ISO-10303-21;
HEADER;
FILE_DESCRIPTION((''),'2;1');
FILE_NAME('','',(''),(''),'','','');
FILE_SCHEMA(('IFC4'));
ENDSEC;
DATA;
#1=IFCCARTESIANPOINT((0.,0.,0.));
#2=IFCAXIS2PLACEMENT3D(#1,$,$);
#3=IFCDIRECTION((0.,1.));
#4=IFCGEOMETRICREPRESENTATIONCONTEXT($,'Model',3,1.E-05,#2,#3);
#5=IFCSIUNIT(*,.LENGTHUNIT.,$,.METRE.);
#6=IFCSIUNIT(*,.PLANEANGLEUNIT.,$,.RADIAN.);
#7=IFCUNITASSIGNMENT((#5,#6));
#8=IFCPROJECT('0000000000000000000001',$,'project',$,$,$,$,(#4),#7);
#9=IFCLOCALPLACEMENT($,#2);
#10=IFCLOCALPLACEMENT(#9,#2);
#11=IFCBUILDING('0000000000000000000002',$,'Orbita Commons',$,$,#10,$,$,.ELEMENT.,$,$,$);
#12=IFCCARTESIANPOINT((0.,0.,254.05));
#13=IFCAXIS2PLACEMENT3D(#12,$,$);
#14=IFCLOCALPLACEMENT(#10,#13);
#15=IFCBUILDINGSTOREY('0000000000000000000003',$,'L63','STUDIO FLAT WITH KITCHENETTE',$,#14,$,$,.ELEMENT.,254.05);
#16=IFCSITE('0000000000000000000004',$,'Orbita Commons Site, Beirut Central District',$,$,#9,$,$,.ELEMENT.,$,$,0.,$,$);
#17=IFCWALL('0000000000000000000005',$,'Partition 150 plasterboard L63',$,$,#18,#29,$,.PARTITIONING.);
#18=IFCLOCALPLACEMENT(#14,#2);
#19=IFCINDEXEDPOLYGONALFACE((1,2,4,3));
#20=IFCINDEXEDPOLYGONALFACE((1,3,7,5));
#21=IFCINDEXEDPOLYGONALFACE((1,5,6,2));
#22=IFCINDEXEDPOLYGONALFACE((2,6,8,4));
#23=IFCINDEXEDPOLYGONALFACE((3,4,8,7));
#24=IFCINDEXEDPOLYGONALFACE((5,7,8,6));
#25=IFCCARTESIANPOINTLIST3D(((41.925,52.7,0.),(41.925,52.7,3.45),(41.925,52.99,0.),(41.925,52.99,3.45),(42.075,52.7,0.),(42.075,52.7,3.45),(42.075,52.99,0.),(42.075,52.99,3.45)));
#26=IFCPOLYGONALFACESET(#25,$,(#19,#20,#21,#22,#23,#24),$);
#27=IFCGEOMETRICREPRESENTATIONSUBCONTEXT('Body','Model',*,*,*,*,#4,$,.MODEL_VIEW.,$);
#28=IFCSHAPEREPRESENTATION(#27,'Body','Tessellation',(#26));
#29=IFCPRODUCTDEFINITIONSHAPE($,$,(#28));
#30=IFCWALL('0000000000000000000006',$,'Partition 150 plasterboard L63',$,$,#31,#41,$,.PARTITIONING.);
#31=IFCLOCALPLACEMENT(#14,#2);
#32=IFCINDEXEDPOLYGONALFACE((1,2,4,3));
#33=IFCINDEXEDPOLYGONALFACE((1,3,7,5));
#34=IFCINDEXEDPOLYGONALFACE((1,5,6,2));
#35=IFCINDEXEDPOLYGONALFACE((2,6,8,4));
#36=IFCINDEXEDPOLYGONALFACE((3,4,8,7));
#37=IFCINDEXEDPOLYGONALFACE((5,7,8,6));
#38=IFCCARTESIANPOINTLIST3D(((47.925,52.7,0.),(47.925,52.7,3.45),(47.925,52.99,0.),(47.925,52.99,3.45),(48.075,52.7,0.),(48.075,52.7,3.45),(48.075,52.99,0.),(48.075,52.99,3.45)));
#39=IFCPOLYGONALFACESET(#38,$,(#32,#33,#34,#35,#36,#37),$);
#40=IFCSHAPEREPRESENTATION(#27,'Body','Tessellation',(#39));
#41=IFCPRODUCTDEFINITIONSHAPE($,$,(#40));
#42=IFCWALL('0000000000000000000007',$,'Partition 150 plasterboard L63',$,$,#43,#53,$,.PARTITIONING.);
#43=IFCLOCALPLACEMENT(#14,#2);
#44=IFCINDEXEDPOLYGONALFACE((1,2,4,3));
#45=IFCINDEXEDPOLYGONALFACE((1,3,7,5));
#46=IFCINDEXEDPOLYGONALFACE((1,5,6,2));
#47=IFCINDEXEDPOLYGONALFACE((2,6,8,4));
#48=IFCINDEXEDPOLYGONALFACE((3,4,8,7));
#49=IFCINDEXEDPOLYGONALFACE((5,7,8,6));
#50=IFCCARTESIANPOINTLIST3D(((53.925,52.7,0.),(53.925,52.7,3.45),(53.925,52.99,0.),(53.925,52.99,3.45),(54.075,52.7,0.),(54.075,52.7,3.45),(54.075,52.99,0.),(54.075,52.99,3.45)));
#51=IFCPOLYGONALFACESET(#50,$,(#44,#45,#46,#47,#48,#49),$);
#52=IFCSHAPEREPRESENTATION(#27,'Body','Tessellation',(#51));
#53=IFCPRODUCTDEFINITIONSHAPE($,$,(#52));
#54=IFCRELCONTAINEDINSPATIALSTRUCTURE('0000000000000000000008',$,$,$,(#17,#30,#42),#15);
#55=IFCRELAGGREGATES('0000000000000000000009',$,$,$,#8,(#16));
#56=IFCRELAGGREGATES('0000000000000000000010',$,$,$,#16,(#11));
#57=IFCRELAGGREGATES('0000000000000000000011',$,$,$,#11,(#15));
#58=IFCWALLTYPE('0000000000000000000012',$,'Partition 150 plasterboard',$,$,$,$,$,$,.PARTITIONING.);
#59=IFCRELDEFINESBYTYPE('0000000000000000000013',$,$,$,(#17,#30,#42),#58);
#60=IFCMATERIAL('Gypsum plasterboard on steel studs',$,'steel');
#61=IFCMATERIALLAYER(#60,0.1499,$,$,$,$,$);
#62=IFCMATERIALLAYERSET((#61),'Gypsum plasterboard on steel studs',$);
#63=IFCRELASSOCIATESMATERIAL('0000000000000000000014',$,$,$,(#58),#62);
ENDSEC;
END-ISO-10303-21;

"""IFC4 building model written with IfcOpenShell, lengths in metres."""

from ifc_helpers import new_model, si_unit, direction, frame, frame_2d, origin, place, context, subcontext, project, spatial, rectangle, extrude, material, layer, layer_set, type_object, element, save


model = new_model("IFC4")

# Units and contexts
model_context = context("Model", 3, precision=1e-05, world=origin(), true_north=direction((0.0, 1.0)))
body_context = subcontext(model_context, "Body", "Model", "MODEL_VIEW")
ifc_project = project(units=[si_unit("LENGTHUNIT", "METRE"), si_unit("PLANEANGLEUNIT", "RADIAN")], contexts=[model_context])

# Site, building, storey
site_placement = place(None, origin())
site = spatial("IfcSite", under=ifc_project, at=site_placement, Name="Orbita Commons Site, Beirut Central District", CompositionType="ELEMENT", RefElevation=0.0)
building_placement = place(site_placement, origin())
building = spatial("IfcBuilding", under=site, at=building_placement, Name="Orbita Commons", CompositionType="ELEMENT")
storey_placement = place(building_placement, frame((0.0, 0.0, 254.05)))
storey = spatial("IfcBuildingStorey", under=building, at=storey_placement, Name="L63", Description="STUDIO FLAT WITH KITCHENETTE", CompositionType="ELEMENT", Elevation=254.05)

# Walls
ifc_material_1 = material(Name="Gypsum plasterboard on steel studs", Category="steel")
ifc_layer_1 = layer(ifc_material_1, 0.1499)
ifc_layer_set_1 = layer_set([ifc_layer_1], Name="Gypsum plasterboard on steel studs")
wall_type_1 = type_object("IfcWallType", Name="Partition 150 plasterboard", PredefinedType="PARTITIONING", material=ifc_layer_set_1)
for number, where, z_axis, x_axis, name in (
    (1, (42.0, 52.7, 0.0), (0.0, 0.0, 1.0), (0.0, 1.0, 0.0), "Partition 150 plasterboard L63"),
    (2, (48.0, 52.7, 0.0), (0.0, 0.0, 1.0), (0.0, 1.0, 0.0), "Partition 150 plasterboard L63"),
    (3, (54.0, 52.7, 0.0), (0.0, 0.0, 1.0), (0.0, 1.0, 0.0), "Partition 150 plasterboard L63"),
):
    element("IfcWall", number, at=place(storey_placement, frame(where, z_axis=z_axis, x_axis=x_axis)), inside=storey, type_object=wall_type_1, Name=name, PredefinedType="PARTITIONING", context=body_context, shape_type="SweptSolid", body=[
        extrude(rectangle(XDim=0.29, YDim=0.1499, at=frame_2d((0.145, 0.0))), origin(), (0.0, 0.0, 1.0), 3.45),
    ])

save(model, "model.ifc")
